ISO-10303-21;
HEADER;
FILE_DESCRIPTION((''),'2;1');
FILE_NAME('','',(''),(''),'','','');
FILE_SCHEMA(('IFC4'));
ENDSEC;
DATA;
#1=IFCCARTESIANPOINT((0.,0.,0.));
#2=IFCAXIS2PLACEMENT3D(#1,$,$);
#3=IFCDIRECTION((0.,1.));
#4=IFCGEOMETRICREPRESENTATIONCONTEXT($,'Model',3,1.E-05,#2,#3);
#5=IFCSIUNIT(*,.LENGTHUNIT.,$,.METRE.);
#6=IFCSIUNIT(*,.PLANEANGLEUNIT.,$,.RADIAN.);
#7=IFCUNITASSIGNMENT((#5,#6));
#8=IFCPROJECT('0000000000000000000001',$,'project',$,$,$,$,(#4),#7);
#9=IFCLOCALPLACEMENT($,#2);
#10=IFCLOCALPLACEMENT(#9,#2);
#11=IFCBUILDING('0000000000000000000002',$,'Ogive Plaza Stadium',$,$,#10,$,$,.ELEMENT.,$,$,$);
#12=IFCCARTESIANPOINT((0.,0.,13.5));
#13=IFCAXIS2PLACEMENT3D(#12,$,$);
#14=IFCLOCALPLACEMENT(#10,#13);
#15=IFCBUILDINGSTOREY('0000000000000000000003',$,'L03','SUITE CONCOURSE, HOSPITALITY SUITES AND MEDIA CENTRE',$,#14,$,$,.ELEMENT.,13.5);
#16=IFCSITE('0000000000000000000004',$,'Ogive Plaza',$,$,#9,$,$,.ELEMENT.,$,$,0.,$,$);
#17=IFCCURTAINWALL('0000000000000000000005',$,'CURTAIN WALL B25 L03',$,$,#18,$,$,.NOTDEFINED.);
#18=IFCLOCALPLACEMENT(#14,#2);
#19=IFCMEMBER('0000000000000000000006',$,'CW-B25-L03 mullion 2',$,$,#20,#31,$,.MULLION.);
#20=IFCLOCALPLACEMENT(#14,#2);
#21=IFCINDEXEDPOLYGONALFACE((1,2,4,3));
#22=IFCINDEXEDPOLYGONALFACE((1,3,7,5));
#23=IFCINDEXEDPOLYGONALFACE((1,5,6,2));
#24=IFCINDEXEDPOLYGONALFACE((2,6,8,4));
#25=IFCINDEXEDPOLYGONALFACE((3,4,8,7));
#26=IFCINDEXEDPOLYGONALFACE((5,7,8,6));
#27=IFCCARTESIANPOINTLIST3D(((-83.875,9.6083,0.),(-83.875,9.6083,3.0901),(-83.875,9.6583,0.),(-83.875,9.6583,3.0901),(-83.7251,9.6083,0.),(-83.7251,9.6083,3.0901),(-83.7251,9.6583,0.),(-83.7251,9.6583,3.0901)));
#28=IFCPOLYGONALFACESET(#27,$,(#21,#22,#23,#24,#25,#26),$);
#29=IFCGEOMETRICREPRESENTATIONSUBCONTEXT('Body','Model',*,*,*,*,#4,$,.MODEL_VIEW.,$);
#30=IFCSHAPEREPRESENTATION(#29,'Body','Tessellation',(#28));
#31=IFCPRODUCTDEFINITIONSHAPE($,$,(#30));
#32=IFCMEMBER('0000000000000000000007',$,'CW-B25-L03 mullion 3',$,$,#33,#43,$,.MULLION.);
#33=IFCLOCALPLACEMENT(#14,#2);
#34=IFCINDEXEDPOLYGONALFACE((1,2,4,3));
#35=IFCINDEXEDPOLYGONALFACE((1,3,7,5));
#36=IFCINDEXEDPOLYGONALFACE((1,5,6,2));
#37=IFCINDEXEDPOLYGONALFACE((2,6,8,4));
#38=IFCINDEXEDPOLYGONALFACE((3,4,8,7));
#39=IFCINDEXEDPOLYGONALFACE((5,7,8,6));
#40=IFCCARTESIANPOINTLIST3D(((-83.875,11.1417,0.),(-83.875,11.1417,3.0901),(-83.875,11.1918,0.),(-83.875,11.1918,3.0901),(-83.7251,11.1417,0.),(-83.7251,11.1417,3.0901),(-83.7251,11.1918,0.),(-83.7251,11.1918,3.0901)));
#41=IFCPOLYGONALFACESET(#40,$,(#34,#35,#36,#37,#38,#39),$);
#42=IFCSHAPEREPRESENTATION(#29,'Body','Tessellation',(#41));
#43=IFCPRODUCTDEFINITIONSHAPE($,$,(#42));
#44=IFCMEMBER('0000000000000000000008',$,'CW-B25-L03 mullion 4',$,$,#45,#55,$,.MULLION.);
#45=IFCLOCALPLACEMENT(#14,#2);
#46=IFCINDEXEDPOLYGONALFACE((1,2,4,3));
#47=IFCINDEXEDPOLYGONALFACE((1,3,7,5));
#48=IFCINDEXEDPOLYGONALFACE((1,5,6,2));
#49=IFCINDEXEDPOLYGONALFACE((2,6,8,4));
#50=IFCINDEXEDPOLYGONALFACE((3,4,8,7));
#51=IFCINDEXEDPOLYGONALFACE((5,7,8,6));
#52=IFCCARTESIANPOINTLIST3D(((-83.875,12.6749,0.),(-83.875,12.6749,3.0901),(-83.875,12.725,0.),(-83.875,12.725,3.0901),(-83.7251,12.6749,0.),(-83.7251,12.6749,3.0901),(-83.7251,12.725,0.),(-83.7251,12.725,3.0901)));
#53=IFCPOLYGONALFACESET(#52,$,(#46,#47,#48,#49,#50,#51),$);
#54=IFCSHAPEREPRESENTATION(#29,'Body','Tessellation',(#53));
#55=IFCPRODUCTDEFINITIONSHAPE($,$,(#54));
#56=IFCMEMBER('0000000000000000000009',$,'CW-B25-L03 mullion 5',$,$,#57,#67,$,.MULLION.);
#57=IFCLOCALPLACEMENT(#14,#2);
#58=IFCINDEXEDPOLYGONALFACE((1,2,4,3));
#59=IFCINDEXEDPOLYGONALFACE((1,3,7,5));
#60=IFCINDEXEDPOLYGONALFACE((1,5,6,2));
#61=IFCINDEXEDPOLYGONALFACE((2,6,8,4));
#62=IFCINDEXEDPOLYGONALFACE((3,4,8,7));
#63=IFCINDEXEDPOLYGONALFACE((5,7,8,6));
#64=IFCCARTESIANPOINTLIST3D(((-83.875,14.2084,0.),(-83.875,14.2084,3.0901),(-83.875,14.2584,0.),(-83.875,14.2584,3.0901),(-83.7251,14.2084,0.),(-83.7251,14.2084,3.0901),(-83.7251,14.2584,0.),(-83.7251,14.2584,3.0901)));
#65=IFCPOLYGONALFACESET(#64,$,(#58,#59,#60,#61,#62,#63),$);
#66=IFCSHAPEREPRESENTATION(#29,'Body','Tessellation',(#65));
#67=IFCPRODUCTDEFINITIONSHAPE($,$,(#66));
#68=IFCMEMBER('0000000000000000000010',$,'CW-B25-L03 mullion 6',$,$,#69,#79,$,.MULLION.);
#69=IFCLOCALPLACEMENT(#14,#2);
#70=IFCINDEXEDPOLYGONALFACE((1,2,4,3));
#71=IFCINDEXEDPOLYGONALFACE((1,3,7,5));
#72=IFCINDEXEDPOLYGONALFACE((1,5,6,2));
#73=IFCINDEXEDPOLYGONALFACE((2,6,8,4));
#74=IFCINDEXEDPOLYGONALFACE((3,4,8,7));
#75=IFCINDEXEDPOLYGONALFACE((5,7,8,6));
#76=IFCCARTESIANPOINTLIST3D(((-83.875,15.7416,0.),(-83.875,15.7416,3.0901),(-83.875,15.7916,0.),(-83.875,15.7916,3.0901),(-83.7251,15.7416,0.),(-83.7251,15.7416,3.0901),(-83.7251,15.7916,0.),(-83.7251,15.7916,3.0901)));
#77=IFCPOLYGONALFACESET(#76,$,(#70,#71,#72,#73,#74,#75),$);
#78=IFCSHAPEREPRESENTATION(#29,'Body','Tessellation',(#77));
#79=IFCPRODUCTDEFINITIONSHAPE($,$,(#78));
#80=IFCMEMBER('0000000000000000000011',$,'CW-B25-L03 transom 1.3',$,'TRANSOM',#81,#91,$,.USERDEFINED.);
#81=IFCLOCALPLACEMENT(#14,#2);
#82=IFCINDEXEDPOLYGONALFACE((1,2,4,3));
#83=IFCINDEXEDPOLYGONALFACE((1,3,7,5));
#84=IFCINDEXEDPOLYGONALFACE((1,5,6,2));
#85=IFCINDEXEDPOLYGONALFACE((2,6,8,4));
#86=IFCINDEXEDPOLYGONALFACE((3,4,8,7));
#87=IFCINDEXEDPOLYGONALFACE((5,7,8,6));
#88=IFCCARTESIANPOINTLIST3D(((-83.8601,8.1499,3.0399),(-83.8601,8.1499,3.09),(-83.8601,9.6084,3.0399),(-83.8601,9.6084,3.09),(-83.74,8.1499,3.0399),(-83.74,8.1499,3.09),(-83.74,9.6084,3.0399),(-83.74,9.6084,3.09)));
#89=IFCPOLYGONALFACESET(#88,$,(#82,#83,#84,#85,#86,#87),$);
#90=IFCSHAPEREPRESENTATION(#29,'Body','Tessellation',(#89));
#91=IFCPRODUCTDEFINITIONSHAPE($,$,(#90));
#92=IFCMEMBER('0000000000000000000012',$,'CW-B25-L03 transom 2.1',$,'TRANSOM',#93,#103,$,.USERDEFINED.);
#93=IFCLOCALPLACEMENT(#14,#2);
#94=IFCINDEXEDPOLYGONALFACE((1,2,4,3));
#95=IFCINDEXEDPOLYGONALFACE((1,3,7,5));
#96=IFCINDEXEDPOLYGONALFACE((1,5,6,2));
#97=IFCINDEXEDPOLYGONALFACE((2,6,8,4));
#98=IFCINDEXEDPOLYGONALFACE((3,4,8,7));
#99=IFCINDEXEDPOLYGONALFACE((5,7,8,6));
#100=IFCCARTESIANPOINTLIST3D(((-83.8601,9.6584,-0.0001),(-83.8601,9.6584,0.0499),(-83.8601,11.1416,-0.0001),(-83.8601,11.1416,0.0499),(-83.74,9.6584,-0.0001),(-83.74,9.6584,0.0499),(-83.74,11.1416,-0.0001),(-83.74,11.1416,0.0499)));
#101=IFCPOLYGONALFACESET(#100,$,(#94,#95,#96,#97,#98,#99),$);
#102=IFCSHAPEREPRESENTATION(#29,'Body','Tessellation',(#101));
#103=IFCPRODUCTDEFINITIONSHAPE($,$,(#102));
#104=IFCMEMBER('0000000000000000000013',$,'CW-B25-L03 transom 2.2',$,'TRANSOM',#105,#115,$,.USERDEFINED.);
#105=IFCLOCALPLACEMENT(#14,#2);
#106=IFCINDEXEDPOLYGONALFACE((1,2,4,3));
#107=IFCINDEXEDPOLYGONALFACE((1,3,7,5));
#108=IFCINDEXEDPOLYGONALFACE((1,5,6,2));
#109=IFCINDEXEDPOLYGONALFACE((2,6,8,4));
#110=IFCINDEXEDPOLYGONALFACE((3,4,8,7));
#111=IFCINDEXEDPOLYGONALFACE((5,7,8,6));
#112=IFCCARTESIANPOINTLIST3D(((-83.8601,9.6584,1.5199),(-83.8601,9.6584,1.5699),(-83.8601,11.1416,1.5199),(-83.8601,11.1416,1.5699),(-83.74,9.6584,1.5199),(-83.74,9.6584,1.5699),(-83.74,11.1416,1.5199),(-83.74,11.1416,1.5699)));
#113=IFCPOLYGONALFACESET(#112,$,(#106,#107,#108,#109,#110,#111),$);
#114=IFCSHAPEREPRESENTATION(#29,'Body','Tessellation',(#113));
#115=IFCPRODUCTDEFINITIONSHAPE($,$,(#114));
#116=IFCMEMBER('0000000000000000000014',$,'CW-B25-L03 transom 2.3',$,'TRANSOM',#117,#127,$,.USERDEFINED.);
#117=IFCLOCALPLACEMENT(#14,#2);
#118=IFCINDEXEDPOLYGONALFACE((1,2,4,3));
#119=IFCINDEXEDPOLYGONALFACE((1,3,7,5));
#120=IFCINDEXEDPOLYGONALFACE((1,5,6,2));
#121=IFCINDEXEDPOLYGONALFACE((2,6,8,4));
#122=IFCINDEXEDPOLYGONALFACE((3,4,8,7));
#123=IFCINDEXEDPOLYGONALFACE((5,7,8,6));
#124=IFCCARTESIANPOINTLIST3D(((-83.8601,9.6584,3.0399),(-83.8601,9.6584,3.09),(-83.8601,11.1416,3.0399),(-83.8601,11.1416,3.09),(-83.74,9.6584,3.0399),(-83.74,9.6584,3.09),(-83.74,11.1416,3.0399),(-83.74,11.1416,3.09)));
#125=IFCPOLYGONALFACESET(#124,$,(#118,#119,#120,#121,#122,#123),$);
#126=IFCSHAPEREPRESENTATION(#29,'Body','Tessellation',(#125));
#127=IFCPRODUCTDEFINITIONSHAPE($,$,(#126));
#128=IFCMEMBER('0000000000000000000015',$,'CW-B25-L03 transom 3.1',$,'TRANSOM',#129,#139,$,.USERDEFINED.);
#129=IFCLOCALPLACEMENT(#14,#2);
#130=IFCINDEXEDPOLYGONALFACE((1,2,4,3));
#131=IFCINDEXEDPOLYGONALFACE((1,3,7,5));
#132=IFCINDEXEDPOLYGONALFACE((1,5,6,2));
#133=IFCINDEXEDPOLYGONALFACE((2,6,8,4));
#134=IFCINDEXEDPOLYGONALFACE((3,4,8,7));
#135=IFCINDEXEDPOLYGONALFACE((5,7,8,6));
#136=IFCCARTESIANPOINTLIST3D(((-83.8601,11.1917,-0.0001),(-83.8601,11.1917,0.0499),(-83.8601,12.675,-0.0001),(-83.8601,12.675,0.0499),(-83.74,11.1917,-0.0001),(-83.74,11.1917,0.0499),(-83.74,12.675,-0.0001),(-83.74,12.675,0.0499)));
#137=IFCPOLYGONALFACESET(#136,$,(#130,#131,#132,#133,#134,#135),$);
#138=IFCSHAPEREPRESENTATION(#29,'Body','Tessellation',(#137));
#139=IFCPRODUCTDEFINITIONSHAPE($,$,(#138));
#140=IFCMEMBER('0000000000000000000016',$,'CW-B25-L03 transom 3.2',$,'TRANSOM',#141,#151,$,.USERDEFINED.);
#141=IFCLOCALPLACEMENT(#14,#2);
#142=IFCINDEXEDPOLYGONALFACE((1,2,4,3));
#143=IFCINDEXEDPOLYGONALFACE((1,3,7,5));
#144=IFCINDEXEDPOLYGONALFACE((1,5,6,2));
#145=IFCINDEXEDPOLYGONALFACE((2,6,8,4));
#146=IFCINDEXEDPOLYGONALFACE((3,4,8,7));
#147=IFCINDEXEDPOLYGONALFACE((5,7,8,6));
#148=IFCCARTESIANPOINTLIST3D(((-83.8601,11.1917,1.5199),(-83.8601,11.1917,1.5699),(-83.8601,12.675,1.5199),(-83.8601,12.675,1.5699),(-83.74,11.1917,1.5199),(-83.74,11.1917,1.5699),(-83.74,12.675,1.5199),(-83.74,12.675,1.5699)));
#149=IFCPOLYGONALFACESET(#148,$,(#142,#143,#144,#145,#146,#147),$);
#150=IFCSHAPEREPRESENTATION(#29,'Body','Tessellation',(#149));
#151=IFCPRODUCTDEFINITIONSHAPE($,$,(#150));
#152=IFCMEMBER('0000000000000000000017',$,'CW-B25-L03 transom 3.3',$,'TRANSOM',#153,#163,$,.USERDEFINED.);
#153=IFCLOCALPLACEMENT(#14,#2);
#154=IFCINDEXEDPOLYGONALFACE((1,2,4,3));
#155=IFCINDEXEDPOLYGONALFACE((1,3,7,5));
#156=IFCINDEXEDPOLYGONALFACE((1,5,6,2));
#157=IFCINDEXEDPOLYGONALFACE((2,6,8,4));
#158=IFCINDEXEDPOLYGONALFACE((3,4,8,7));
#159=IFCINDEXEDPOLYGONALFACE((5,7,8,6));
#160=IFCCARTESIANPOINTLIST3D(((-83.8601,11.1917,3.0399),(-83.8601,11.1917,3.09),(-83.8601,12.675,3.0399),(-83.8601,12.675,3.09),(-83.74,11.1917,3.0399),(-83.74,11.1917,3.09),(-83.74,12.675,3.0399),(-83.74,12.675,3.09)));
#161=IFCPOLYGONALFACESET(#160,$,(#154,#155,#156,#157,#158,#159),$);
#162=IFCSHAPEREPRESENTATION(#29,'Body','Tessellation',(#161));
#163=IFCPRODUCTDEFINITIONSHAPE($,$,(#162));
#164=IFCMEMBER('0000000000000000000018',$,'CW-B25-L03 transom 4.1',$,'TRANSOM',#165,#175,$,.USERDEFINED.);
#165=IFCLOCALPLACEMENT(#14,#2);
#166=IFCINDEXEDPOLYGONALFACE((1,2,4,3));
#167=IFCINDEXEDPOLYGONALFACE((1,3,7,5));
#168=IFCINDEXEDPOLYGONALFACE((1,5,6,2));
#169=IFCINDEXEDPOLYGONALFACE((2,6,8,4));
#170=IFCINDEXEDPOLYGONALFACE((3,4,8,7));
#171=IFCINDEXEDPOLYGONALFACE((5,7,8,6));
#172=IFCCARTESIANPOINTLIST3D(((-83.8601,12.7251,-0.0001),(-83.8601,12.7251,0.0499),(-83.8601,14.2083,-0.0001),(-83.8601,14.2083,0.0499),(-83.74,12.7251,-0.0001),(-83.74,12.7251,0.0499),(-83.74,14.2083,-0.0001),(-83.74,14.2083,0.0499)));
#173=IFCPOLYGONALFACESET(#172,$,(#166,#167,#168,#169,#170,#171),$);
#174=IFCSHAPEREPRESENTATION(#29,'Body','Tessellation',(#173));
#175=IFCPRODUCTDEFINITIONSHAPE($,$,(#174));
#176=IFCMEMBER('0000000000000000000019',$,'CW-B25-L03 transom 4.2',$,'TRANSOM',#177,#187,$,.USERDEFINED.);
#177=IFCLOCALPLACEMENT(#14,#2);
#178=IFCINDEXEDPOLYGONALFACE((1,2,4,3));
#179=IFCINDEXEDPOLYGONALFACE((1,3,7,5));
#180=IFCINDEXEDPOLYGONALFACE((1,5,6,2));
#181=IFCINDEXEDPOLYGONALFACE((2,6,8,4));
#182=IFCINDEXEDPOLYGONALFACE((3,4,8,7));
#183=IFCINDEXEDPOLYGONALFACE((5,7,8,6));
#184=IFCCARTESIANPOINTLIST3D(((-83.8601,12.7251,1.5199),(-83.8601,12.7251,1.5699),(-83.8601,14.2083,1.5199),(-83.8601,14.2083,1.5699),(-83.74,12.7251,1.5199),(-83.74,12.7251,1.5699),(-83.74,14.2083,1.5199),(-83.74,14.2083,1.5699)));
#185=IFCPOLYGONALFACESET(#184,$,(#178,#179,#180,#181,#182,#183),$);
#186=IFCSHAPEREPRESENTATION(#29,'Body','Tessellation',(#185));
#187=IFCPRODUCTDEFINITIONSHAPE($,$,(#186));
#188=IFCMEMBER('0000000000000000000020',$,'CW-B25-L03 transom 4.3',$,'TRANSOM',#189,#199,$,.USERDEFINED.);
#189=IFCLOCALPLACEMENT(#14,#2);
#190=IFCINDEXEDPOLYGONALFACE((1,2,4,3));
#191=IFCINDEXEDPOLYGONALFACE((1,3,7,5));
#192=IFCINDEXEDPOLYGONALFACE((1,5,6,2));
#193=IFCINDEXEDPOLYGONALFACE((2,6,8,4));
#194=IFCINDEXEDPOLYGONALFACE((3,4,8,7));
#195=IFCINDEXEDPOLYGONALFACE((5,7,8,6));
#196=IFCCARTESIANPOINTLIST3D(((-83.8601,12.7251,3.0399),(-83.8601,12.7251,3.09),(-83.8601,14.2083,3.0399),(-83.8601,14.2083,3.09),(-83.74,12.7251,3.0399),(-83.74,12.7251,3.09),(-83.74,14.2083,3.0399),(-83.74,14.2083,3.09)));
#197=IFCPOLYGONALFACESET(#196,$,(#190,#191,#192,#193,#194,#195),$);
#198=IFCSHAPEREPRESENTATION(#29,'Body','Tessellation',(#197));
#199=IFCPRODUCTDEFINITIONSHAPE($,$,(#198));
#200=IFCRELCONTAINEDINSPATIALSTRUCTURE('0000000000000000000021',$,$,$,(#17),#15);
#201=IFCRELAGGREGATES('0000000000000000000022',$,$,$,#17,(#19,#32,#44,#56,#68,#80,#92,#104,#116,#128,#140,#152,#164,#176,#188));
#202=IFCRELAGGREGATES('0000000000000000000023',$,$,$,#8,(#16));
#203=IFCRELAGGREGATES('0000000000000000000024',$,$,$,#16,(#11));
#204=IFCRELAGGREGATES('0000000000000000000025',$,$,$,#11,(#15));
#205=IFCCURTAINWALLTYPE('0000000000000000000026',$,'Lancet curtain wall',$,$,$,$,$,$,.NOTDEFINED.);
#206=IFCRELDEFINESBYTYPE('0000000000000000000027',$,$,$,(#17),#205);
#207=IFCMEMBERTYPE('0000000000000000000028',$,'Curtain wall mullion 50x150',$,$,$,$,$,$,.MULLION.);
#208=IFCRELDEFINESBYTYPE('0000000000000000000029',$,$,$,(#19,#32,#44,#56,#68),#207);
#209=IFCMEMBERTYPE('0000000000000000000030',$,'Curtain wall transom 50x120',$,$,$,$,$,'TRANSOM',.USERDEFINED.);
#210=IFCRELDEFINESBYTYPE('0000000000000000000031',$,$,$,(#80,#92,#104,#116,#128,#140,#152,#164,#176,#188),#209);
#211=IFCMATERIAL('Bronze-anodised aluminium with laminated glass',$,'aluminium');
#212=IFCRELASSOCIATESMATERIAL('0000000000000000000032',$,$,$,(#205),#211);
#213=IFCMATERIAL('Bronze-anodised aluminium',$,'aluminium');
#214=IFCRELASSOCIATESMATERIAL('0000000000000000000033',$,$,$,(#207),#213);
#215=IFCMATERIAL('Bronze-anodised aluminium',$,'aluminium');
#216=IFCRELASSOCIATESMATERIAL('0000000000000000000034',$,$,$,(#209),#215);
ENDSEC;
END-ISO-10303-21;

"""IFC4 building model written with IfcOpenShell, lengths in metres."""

from ifc_helpers import new_model, si_unit, direction, frame, origin, origin_2d, place, context, subcontext, project, spatial, rectangle, extrude, material, material_profile, profile_set, type_object, element, aggregate, save


model = new_model("IFC4")

# Units and contexts
model_context = context("Model", 3, precision=1e-05, world=origin(), true_north=direction((0.0, 1.0)))
body_context = subcontext(model_context, "Body", "Model", "MODEL_VIEW")
ifc_project = project(units=[si_unit("LENGTHUNIT", "METRE"), si_unit("PLANEANGLEUNIT", "RADIAN")], contexts=[model_context])

# Site, building, storey
site_placement = place(None, origin())
site = spatial("IfcSite", under=ifc_project, at=site_placement, Name="Ogive Plaza", CompositionType="ELEMENT", RefElevation=0.0)
building_placement = place(site_placement, origin())
building = spatial("IfcBuilding", under=site, at=building_placement, Name="Ogive Plaza Stadium", CompositionType="ELEMENT")
storey_placement = place(building_placement, frame((0.0, 0.0, 13.5)))
storey = spatial("IfcBuildingStorey", under=building, at=storey_placement, Name="L03", Description="SUITE CONCOURSE, HOSPITALITY SUITES AND MEDIA CENTRE", CompositionType="ELEMENT", Elevation=13.5)

# Curtain wall, members
ifc_material_1 = material(Name="Bronze-anodised aluminium with laminated glass", Category="aluminium")
curtain_wall_type = type_object("IfcCurtainWallType", Name="Lancet curtain wall", PredefinedType="NOTDEFINED", material=ifc_material_1)
curtain_wall_placement = place(storey_placement, origin())
curtain_wall = element("IfcCurtainWall", 1, at=curtain_wall_placement, inside=storey, type_object=curtain_wall_type, Name="CURTAIN WALL B25 L03", PredefinedType="NOTDEFINED")
ifc_material_2 = material(Name="Bronze-anodised aluminium", Category="aluminium")
ifc_material_profile_1 = material_profile(ifc_material_2, rectangle(XDim=0.1499, YDim=0.05, at=origin_2d()), Name="AL 150x50")
ifc_profile_set_1 = profile_set([ifc_material_profile_1], Name="Bronze-anodised aluminium")
member_type_1 = type_object("IfcMemberType", Name="Curtain wall mullion 50x150", PredefinedType="MULLION", material=ifc_profile_set_1)
member_1_placement = place(storey_placement, frame((-83.8, 9.6333, 0.0), z_axis=(0.0, 0.0, 1.0), x_axis=(-1.0, 0.0, 0.0)))
member_1 = element("IfcMember", 2, at=member_1_placement, type_object=member_type_1, Name="CW-B25-L03 mullion 2", PredefinedType="MULLION", context=body_context, shape_type="SweptSolid", body=[
    extrude(rectangle(XDim=0.1499, YDim=0.05, at=origin_2d()), origin(), (0.0, 0.0, 1.0), 3.0901),
])
member_2_placement = place(storey_placement, frame((-83.8, 11.1667, 0.0), z_axis=(0.0, 0.0, 1.0), x_axis=(-1.0, 0.0, 0.0)))
member_2 = element("IfcMember", 3, at=member_2_placement, type_object=member_type_1, Name="CW-B25-L03 mullion 3", PredefinedType="MULLION", context=body_context, shape_type="SweptSolid", body=[
    extrude(rectangle(XDim=0.1499, YDim=0.05, at=origin_2d()), origin(), (0.0, 0.0, 1.0), 3.0901),
])
member_3_placement = place(storey_placement, frame((-83.8, 12.7, 0.0), z_axis=(0.0, 0.0, 1.0), x_axis=(-1.0, 0.0, 0.0)))
member_3 = element("IfcMember", 4, at=member_3_placement, type_object=member_type_1, Name="CW-B25-L03 mullion 4", PredefinedType="MULLION", context=body_context, shape_type="SweptSolid", body=[
    extrude(rectangle(XDim=0.1499, YDim=0.05, at=origin_2d()), origin(), (0.0, 0.0, 1.0), 3.0901),
])
member_4_placement = place(storey_placement, frame((-83.8, 14.2334, 0.0), z_axis=(0.0, 0.0, 1.0), x_axis=(-1.0, 0.0, 0.0)))
member_4 = element("IfcMember", 5, at=member_4_placement, type_object=member_type_1, Name="CW-B25-L03 mullion 5", PredefinedType="MULLION", context=body_context, shape_type="SweptSolid", body=[
    extrude(rectangle(XDim=0.1499, YDim=0.05, at=origin_2d()), origin(), (0.0, 0.0, 1.0), 3.0901),
])
member_5_placement = place(storey_placement, frame((-83.8, 15.7666, 0.0), z_axis=(0.0, 0.0, 1.0), x_axis=(-1.0, 0.0, 0.0)))
member_5 = element("IfcMember", 6, at=member_5_placement, type_object=member_type_1, Name="CW-B25-L03 mullion 6", PredefinedType="MULLION", context=body_context, shape_type="SweptSolid", body=[
    extrude(rectangle(XDim=0.1499, YDim=0.05, at=origin_2d()), origin(), (0.0, 0.0, 1.0), 3.0901),
])
ifc_material_3 = material(Name="Bronze-anodised aluminium", Category="aluminium")
ifc_material_profile_2 = material_profile(ifc_material_3, rectangle(XDim=0.1201, YDim=0.05, at=origin_2d()), Name="AL 120x50")
ifc_profile_set_2 = profile_set([ifc_material_profile_2], Name="Bronze-anodised aluminium")
member_type_2 = type_object("IfcMemberType", Name="Curtain wall transom 50x120", ElementType="TRANSOM", PredefinedType="USERDEFINED", material=ifc_profile_set_2)
member_6_placement = place(storey_placement, frame((-83.8, 8.1499, 3.0649), z_axis=(0.0, 1.0, 0.0), x_axis=(-1.0, 0.0, 0.0)))
member_6 = element("IfcMember", 7, at=member_6_placement, type_object=member_type_2, Name="CW-B25-L03 transom 1.3", ObjectType="TRANSOM", PredefinedType="USERDEFINED", context=body_context, shape_type="SweptSolid", body=[
    extrude(rectangle(XDim=0.1201, YDim=0.05, at=origin_2d()), origin(), (0.0, 0.0, 1.0), 1.4585),
])
member_7_placement = place(storey_placement, frame((-83.8, 9.6584, 0.0249), z_axis=(0.0, 1.0, 0.0), x_axis=(-1.0, 0.0, 0.0)))
member_7 = element("IfcMember", 8, at=member_7_placement, type_object=member_type_2, Name="CW-B25-L03 transom 2.1", ObjectType="TRANSOM", PredefinedType="USERDEFINED", context=body_context, shape_type="SweptSolid", body=[
    extrude(rectangle(XDim=0.1201, YDim=0.05, at=origin_2d()), origin(), (0.0, 0.0, 1.0), 1.4832),
])
member_8_placement = place(storey_placement, frame((-83.8, 9.6584, 1.5449), z_axis=(0.0, 1.0, 0.0), x_axis=(-1.0, 0.0, 0.0)))
member_8 = element("IfcMember", 9, at=member_8_placement, type_object=member_type_2, Name="CW-B25-L03 transom 2.2", ObjectType="TRANSOM", PredefinedType="USERDEFINED", context=body_context, shape_type="SweptSolid", body=[
    extrude(rectangle(XDim=0.1201, YDim=0.05, at=origin_2d()), origin(), (0.0, 0.0, 1.0), 1.4832),
])
member_9_placement = place(storey_placement, frame((-83.8, 9.6584, 3.0649), z_axis=(0.0, 1.0, 0.0), x_axis=(-1.0, 0.0, 0.0)))
member_9 = element("IfcMember", 10, at=member_9_placement, type_object=member_type_2, Name="CW-B25-L03 transom 2.3", ObjectType="TRANSOM", PredefinedType="USERDEFINED", context=body_context, shape_type="SweptSolid", body=[
    extrude(rectangle(XDim=0.1201, YDim=0.05, at=origin_2d()), origin(), (0.0, 0.0, 1.0), 1.4832),
])
member_10_placement = place(storey_placement, frame((-83.8, 11.1917, 0.0249), z_axis=(0.0, 1.0, 0.0), x_axis=(-1.0, 0.0, 0.0)))
member_10 = element("IfcMember", 11, at=member_10_placement, type_object=member_type_2, Name="CW-B25-L03 transom 3.1", ObjectType="TRANSOM", PredefinedType="USERDEFINED", context=body_context, shape_type="SweptSolid", body=[
    extrude(rectangle(XDim=0.1201, YDim=0.05, at=origin_2d()), origin(), (0.0, 0.0, 1.0), 1.4834),
])
member_11_placement = place(storey_placement, frame((-83.8, 11.1917, 1.5449), z_axis=(0.0, 1.0, 0.0), x_axis=(-1.0, 0.0, 0.0)))
member_11 = element("IfcMember", 12, at=member_11_placement, type_object=member_type_2, Name="CW-B25-L03 transom 3.2", ObjectType="TRANSOM", PredefinedType="USERDEFINED", context=body_context, shape_type="SweptSolid", body=[
    extrude(rectangle(XDim=0.1201, YDim=0.05, at=origin_2d()), origin(), (0.0, 0.0, 1.0), 1.4834),
])
member_12_placement = place(storey_placement, frame((-83.8, 11.1917, 3.0649), z_axis=(0.0, 1.0, 0.0), x_axis=(-1.0, 0.0, 0.0)))
member_12 = element("IfcMember", 13, at=member_12_placement, type_object=member_type_2, Name="CW-B25-L03 transom 3.3", ObjectType="TRANSOM", PredefinedType="USERDEFINED", context=body_context, shape_type="SweptSolid", body=[
    extrude(rectangle(XDim=0.1201, YDim=0.05, at=origin_2d()), origin(), (0.0, 0.0, 1.0), 1.4834),
])
member_13_placement = place(storey_placement, frame((-83.8, 12.7251, 0.0249), z_axis=(0.0, 1.0, 0.0), x_axis=(-1.0, 0.0, 0.0)))
member_13 = element("IfcMember", 14, at=member_13_placement, type_object=member_type_2, Name="CW-B25-L03 transom 4.1", ObjectType="TRANSOM", PredefinedType="USERDEFINED", context=body_context, shape_type="SweptSolid", body=[
    extrude(rectangle(XDim=0.1201, YDim=0.05, at=origin_2d()), origin(), (0.0, 0.0, 1.0), 1.4832),
])
member_14_placement = place(storey_placement, frame((-83.8, 12.7251, 1.5449), z_axis=(0.0, 1.0, 0.0), x_axis=(-1.0, 0.0, 0.0)))
member_14 = element("IfcMember", 15, at=member_14_placement, type_object=member_type_2, Name="CW-B25-L03 transom 4.2", ObjectType="TRANSOM", PredefinedType="USERDEFINED", context=body_context, shape_type="SweptSolid", body=[
    extrude(rectangle(XDim=0.1201, YDim=0.05, at=origin_2d()), origin(), (0.0, 0.0, 1.0), 1.4832),
])
member_15_placement = place(storey_placement, frame((-83.8, 12.7251, 3.0649), z_axis=(0.0, 1.0, 0.0), x_axis=(-1.0, 0.0, 0.0)))
member_15 = element("IfcMember", 16, at=member_15_placement, type_object=member_type_2, Name="CW-B25-L03 transom 4.3", ObjectType="TRANSOM", PredefinedType="USERDEFINED", context=body_context, shape_type="SweptSolid", body=[
    extrude(rectangle(XDim=0.1201, YDim=0.05, at=origin_2d()), origin(), (0.0, 0.0, 1.0), 1.4832),
])
aggregate(curtain_wall, [member_1, member_2, member_3, member_4, member_5, member_6, member_7, member_8, member_9, member_10, member_11, member_12, member_13, member_14, member_15])

save(model, "model.ifc")
